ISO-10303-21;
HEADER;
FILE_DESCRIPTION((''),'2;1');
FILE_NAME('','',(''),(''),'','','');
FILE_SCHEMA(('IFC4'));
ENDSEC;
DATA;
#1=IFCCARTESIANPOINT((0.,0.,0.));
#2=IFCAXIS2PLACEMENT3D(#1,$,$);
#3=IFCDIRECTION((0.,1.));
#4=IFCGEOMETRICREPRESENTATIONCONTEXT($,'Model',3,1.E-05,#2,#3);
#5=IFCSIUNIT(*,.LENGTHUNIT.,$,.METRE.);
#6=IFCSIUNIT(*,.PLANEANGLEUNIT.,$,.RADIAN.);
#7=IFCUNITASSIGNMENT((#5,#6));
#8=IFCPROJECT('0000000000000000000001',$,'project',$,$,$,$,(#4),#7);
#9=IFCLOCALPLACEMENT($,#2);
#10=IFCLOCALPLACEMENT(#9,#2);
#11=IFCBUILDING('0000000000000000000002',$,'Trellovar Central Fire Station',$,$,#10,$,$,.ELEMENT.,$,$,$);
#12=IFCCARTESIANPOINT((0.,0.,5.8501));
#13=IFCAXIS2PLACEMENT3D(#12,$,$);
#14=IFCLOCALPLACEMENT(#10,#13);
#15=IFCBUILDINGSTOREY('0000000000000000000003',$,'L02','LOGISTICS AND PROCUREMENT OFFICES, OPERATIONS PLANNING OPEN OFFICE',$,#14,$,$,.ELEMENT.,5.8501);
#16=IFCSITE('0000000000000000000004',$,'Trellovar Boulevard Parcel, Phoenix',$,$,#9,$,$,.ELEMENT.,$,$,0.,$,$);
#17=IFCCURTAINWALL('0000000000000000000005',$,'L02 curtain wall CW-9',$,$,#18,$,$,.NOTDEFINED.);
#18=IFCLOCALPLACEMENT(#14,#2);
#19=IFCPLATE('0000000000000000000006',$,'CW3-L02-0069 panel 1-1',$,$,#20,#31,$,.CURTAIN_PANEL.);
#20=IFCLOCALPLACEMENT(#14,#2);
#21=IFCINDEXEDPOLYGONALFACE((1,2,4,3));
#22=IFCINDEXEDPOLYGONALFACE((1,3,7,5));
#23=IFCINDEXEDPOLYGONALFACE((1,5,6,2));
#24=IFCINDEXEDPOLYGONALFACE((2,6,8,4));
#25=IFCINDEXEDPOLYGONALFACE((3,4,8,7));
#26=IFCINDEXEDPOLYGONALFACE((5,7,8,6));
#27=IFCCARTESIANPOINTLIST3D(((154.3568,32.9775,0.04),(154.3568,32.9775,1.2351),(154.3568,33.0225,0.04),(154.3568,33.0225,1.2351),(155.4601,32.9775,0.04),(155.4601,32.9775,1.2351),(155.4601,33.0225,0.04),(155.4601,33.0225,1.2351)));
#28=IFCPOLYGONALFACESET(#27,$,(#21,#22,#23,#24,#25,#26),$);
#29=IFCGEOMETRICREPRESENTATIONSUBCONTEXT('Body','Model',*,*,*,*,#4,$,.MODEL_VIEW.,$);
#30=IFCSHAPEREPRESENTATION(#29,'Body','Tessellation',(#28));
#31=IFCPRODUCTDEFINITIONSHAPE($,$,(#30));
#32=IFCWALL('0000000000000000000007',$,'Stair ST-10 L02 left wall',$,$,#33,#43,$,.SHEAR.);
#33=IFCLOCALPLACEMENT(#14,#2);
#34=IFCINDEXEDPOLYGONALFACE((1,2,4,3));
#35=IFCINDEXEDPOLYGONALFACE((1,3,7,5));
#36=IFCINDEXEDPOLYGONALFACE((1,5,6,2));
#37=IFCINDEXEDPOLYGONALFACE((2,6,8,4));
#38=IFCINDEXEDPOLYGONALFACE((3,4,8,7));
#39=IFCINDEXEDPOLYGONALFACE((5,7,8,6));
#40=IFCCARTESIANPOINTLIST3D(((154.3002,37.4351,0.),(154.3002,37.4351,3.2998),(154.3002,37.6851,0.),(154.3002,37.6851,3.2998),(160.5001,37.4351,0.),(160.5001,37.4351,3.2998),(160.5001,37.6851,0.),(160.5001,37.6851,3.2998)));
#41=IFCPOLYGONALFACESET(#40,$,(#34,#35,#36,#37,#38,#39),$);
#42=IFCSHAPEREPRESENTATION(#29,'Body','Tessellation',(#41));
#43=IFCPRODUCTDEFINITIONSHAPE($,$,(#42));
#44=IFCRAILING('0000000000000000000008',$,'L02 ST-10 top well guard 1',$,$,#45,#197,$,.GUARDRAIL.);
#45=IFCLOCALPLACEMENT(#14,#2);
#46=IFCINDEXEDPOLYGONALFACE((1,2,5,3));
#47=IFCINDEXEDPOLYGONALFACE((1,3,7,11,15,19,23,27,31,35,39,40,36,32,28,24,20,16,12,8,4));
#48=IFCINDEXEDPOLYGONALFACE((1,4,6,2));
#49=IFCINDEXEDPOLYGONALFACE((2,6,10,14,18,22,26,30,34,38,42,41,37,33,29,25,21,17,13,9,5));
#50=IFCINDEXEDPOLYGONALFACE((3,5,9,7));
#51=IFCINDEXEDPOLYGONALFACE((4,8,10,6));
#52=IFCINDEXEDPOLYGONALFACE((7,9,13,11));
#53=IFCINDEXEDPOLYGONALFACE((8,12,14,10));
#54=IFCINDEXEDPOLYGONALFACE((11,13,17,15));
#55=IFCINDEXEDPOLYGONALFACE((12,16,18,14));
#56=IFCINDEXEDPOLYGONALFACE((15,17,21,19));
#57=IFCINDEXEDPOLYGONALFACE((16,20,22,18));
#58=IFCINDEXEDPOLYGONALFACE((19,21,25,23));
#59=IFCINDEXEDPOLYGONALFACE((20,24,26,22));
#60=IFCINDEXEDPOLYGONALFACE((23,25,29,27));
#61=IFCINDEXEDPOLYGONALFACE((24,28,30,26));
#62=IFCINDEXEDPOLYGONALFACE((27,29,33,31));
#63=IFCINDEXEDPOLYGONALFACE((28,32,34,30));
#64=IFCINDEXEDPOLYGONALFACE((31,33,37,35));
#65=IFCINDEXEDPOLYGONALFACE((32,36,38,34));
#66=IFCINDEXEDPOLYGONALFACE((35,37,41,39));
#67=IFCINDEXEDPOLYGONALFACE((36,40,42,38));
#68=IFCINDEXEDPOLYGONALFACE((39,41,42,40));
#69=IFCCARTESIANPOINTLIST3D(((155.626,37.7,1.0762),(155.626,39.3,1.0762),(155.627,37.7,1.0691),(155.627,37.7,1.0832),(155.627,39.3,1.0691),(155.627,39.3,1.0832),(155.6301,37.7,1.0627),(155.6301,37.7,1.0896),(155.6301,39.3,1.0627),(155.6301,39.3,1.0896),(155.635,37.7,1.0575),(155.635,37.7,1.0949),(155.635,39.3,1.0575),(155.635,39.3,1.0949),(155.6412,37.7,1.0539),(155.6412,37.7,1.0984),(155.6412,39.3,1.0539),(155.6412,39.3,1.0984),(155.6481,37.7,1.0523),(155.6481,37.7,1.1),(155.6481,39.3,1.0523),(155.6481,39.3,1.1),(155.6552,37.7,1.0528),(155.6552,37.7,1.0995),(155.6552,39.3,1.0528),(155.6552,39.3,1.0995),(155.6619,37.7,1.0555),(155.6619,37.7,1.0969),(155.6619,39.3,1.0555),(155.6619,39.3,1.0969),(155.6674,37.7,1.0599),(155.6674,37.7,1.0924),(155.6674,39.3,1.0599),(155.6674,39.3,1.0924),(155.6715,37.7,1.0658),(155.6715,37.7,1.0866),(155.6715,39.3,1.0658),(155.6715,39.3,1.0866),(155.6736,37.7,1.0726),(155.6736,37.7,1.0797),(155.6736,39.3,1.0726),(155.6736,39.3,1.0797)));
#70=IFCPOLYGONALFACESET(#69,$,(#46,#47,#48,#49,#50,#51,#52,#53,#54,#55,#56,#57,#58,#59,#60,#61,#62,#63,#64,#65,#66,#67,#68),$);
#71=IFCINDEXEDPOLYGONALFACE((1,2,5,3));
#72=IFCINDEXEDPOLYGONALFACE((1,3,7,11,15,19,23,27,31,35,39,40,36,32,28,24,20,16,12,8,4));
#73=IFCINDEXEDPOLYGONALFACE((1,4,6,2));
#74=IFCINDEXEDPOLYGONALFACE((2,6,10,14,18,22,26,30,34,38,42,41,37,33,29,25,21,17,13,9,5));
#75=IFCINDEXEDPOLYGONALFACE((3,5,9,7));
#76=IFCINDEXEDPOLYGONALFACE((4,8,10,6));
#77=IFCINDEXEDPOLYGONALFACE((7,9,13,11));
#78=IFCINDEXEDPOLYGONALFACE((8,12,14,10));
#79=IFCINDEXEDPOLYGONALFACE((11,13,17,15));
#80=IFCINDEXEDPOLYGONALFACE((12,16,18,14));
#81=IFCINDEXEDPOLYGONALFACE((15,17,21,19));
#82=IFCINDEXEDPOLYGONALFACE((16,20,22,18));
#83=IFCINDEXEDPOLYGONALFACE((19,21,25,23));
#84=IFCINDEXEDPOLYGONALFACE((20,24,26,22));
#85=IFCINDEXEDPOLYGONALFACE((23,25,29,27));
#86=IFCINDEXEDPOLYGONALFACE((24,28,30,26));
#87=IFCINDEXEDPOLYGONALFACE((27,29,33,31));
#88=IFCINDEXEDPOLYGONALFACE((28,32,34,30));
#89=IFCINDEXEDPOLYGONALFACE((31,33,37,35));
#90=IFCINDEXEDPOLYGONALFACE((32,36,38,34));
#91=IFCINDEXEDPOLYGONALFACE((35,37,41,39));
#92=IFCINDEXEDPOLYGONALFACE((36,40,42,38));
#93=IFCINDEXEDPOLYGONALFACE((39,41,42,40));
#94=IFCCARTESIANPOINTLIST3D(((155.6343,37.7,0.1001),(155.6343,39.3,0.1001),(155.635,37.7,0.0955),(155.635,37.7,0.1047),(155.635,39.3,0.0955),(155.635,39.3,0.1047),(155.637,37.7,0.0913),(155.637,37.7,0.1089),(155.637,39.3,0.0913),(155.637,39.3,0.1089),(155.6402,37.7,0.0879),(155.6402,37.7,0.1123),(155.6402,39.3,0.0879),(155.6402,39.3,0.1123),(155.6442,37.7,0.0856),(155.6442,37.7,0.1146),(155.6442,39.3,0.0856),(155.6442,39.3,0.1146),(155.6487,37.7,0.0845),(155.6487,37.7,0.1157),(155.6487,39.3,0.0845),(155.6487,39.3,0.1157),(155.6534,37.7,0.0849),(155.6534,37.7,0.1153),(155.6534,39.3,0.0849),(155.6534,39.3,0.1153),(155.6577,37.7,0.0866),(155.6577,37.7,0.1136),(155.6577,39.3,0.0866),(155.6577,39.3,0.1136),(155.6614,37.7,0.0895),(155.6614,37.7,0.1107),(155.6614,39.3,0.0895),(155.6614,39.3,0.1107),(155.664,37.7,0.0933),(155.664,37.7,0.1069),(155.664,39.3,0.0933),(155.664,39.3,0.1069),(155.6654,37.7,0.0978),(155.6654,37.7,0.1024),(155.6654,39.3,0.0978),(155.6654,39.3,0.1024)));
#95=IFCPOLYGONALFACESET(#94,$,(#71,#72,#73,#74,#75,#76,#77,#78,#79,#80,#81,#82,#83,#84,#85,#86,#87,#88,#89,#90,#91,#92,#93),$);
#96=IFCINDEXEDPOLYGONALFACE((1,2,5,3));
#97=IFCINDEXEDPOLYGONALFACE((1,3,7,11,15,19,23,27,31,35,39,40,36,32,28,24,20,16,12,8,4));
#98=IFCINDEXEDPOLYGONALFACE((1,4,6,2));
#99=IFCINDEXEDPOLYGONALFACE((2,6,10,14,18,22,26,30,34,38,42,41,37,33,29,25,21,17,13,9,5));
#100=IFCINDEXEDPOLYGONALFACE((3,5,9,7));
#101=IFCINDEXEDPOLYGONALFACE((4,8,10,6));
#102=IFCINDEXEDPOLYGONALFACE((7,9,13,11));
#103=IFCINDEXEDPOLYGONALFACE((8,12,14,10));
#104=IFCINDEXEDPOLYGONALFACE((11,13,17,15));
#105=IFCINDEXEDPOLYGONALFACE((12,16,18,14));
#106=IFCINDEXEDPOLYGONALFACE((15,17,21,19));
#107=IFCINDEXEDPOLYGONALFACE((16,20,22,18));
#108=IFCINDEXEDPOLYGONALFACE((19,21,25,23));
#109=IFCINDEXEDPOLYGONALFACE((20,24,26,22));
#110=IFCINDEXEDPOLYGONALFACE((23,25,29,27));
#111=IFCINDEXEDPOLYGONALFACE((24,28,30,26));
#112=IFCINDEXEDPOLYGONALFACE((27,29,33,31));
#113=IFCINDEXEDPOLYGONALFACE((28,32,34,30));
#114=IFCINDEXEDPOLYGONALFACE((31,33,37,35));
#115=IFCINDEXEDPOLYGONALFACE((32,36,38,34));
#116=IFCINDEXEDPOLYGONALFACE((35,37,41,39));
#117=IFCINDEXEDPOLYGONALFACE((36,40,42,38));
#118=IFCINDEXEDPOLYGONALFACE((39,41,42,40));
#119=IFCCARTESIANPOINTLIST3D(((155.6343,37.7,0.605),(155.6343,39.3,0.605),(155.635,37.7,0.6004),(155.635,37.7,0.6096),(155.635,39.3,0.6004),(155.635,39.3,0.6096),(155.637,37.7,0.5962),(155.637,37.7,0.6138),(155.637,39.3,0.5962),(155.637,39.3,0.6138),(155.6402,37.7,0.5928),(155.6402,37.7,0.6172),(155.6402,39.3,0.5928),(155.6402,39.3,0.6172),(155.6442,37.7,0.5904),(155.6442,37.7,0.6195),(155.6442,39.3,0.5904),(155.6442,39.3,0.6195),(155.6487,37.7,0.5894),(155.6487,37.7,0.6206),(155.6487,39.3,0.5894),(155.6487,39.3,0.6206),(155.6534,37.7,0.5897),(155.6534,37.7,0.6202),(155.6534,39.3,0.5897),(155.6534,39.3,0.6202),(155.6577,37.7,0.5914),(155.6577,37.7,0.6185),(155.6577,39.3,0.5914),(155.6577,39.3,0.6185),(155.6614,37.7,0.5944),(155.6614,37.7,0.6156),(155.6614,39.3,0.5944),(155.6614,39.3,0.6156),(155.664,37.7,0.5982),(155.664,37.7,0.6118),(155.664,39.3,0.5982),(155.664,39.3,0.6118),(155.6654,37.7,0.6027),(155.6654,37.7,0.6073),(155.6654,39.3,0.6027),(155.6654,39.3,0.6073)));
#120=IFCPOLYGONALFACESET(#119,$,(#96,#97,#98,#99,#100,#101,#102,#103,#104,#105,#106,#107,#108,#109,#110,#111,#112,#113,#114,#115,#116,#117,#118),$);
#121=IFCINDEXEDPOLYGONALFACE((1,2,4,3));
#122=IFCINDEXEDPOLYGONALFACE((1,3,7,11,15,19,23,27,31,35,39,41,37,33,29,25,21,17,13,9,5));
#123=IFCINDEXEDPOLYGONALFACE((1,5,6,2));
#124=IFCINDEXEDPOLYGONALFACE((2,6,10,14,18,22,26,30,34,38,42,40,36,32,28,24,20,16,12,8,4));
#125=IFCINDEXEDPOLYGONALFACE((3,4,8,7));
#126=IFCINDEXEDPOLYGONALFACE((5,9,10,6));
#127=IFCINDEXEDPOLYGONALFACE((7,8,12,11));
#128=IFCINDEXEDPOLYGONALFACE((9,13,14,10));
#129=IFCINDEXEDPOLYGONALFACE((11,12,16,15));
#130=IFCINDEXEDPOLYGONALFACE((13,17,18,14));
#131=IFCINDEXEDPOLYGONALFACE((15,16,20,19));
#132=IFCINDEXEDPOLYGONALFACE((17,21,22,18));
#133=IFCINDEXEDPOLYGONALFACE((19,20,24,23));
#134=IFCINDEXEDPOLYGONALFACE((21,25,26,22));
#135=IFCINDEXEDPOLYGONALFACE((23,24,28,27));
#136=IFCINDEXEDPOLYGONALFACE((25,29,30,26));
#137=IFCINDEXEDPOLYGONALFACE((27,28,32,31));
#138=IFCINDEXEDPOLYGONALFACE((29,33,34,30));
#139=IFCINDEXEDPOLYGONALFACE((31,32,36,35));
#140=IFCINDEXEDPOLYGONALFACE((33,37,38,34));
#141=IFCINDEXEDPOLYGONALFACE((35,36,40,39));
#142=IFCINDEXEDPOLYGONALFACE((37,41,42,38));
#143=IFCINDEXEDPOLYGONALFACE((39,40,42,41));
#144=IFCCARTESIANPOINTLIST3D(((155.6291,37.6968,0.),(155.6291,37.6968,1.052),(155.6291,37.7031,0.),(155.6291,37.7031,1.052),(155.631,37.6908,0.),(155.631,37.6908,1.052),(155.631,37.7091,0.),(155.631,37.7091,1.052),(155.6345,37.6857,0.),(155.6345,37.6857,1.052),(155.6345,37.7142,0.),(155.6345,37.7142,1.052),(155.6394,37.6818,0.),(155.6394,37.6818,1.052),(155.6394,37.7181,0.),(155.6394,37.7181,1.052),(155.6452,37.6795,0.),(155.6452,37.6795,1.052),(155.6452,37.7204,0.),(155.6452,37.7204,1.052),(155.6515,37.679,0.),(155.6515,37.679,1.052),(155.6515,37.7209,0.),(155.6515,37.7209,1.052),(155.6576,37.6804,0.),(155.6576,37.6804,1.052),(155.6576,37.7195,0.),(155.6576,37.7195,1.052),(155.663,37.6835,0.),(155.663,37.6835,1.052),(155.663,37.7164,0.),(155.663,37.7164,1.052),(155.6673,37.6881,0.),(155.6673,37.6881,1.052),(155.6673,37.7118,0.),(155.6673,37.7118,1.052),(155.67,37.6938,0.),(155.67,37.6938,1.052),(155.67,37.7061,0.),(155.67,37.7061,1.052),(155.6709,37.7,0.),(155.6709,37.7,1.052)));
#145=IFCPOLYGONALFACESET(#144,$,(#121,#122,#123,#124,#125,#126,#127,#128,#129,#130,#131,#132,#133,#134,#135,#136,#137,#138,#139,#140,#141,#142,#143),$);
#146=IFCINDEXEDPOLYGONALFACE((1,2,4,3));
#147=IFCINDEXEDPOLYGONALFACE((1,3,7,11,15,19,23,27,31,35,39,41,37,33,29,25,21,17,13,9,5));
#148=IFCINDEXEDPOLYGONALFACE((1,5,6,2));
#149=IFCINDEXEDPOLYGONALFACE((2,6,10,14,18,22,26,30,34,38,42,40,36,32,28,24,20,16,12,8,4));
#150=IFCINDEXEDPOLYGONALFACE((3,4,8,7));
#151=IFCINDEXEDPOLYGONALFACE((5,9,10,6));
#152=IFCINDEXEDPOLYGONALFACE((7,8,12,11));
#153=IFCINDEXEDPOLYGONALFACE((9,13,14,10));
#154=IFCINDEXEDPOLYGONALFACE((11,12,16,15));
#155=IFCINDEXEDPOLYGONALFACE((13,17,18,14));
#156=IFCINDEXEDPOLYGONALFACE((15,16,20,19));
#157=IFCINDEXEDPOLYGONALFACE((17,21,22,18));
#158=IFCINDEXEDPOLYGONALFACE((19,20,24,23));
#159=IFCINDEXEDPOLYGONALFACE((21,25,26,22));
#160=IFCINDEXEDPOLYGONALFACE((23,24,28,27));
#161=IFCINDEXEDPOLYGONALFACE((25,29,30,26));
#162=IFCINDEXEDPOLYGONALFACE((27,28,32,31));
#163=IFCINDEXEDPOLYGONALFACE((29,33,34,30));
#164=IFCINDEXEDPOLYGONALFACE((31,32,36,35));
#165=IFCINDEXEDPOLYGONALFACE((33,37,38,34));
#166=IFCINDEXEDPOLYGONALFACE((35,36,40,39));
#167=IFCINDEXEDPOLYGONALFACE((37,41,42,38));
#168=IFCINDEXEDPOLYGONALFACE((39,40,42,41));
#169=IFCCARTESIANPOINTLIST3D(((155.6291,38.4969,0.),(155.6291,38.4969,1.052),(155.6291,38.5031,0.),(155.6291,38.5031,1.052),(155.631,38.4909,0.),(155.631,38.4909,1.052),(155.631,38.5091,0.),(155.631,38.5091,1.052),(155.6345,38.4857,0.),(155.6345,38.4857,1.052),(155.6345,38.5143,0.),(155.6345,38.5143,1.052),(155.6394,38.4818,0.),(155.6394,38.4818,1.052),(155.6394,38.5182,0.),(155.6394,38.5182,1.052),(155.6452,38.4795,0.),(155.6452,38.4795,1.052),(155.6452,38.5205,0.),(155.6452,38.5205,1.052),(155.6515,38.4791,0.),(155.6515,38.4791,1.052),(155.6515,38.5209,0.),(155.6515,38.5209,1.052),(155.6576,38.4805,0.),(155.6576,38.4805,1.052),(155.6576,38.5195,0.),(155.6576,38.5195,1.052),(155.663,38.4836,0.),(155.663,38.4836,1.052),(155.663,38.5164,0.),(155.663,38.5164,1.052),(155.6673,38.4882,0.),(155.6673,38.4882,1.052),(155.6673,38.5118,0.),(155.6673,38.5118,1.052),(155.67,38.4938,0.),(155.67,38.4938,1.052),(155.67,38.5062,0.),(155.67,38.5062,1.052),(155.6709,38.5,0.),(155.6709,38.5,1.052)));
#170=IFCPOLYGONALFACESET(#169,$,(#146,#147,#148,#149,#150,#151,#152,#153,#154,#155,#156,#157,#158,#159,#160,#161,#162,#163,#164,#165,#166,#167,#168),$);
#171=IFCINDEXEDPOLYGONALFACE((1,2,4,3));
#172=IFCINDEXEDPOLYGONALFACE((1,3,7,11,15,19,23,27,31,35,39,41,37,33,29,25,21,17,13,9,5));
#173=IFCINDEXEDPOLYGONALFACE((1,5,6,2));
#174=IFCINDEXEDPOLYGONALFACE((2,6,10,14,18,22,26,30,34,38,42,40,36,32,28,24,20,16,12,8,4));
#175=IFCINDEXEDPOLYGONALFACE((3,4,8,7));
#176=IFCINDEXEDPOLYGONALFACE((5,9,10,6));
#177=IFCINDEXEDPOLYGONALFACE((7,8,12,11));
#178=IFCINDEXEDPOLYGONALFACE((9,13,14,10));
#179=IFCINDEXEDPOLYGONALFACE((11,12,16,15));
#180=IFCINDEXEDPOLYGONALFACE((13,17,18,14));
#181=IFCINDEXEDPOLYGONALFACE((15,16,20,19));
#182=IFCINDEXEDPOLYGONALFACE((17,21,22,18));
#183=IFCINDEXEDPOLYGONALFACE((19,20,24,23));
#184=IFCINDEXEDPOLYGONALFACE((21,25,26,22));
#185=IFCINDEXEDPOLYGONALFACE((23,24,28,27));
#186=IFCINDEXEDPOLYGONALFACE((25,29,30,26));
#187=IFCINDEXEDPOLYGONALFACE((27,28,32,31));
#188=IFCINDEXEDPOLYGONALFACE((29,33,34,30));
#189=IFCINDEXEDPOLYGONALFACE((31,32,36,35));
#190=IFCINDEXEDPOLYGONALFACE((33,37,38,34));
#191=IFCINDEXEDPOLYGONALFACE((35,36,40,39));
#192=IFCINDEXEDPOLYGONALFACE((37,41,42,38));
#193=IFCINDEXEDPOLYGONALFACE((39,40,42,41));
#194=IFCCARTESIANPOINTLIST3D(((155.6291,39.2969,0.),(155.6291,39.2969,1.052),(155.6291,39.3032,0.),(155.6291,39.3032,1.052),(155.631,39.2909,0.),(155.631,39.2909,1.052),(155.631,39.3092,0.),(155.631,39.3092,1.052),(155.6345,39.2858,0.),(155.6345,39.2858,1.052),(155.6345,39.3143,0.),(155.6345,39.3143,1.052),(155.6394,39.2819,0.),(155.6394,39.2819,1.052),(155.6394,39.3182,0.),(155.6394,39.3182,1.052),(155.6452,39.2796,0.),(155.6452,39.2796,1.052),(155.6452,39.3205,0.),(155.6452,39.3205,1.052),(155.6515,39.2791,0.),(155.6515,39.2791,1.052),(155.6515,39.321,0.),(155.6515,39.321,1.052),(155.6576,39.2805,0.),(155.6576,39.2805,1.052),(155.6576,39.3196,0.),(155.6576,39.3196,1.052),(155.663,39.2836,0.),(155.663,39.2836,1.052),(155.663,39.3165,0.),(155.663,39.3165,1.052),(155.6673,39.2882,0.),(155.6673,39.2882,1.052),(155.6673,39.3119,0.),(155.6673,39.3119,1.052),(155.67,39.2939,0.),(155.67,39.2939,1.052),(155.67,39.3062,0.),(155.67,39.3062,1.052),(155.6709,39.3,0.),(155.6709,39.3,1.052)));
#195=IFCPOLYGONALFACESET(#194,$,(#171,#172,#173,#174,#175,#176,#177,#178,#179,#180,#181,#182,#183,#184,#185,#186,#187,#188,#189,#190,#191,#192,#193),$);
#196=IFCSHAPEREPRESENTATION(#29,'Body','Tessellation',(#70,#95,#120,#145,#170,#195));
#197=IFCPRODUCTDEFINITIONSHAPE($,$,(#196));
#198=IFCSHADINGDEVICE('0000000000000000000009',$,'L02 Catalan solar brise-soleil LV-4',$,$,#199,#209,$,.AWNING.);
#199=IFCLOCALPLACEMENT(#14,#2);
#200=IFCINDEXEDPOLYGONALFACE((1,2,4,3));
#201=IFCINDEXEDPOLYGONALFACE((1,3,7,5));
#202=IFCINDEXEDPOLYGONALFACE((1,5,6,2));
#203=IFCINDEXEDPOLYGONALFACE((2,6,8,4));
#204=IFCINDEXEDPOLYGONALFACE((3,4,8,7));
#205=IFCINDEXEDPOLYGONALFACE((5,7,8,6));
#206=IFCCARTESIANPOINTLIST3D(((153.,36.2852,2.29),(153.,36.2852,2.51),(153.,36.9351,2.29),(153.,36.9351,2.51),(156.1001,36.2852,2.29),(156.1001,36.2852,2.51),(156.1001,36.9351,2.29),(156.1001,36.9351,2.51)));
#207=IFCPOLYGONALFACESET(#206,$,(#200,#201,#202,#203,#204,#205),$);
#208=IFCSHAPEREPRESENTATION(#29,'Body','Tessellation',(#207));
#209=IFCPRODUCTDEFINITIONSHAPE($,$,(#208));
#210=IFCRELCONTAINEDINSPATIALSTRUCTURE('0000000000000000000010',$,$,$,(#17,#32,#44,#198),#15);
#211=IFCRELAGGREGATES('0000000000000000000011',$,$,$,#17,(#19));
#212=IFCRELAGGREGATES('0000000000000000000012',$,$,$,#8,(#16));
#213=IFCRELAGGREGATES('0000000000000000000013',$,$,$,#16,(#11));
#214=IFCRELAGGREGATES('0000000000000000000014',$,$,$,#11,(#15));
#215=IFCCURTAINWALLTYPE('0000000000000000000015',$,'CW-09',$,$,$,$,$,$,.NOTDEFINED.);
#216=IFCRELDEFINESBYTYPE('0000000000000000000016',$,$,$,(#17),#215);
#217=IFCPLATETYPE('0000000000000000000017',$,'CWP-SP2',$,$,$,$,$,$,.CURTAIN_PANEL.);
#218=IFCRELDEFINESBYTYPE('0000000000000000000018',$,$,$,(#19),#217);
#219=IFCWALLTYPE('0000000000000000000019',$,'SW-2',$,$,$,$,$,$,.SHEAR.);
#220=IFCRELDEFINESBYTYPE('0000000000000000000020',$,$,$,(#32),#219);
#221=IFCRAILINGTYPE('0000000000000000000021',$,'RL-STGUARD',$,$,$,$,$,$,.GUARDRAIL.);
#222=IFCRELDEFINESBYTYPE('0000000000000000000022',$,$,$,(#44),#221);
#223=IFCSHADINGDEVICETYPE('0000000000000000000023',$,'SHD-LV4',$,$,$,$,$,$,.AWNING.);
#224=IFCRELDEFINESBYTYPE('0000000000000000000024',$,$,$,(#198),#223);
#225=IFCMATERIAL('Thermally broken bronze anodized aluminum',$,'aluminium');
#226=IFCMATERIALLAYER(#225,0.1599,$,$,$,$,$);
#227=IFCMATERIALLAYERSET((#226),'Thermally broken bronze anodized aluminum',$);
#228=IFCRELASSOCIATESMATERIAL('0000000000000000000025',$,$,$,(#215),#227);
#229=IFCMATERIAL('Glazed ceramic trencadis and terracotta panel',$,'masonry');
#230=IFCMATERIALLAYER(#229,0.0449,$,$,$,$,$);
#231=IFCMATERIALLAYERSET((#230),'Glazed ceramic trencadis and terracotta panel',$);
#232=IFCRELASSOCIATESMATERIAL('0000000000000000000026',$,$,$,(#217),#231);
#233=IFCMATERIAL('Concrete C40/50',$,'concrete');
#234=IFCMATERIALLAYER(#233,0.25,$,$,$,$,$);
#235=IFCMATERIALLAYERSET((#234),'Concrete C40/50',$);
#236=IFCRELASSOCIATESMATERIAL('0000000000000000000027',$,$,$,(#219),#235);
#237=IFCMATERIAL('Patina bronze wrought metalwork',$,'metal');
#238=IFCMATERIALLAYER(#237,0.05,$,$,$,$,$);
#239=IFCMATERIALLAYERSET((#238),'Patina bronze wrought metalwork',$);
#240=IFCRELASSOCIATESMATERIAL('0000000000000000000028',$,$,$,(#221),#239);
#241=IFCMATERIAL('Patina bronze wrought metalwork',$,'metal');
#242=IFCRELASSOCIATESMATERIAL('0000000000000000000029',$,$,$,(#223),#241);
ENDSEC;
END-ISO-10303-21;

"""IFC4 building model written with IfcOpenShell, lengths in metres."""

from ifc_helpers import new_model, si_unit, direction, frame, frame_2d, origin, origin_2d, place, context, subcontext, project, spatial, rectangle, circle, extrude, material, layer, layer_set, type_object, element, aggregate, save


model = new_model("IFC4")

# Units and contexts
model_context = context("Model", 3, precision=1e-05, world=origin(), true_north=direction((0.0, 1.0)))
body_context = subcontext(model_context, "Body", "Model", "MODEL_VIEW")
ifc_project = project(units=[si_unit("LENGTHUNIT", "METRE"), si_unit("PLANEANGLEUNIT", "RADIAN")], contexts=[model_context])

# Site, building, storey
site_placement = place(None, origin())
site = spatial("IfcSite", under=ifc_project, at=site_placement, Name="Trellovar Boulevard Parcel, Phoenix", CompositionType="ELEMENT", RefElevation=0.0)
building_placement = place(site_placement, origin())
building = spatial("IfcBuilding", under=site, at=building_placement, Name="Trellovar Central Fire Station", CompositionType="ELEMENT")
storey_placement = place(building_placement, frame((0.0, 0.0, 5.8501)))
storey = spatial("IfcBuildingStorey", under=building, at=storey_placement, Name="L02", Description="LOGISTICS AND PROCUREMENT OFFICES, OPERATIONS PLANNING OPEN OFFICE", CompositionType="ELEMENT", Elevation=5.8501)

# Curtain wall
ifc_material_1 = material(Name="Thermally broken bronze anodized aluminum", Category="aluminium")
ifc_layer_1 = layer(ifc_material_1, 0.1599)
ifc_layer_set_1 = layer_set([ifc_layer_1], Name="Thermally broken bronze anodized aluminum")
curtain_wall_type_1 = type_object("IfcCurtainWallType", Name="CW-09", PredefinedType="NOTDEFINED", material=ifc_layer_set_1)
curtain_wall_1_placement = place(storey_placement, origin())
curtain_wall_1 = element("IfcCurtainWall", 1, at=curtain_wall_1_placement, inside=storey, type_object=curtain_wall_type_1, Name="L02 curtain wall CW-9", PredefinedType="NOTDEFINED")

# Plate
ifc_material_2 = material(Name="Glazed ceramic trencadis and terracotta panel", Category="masonry")
ifc_layer_2 = layer(ifc_material_2, 0.0449)
ifc_layer_set_2 = layer_set([ifc_layer_2], Name="Glazed ceramic trencadis and terracotta panel")
plate_type_1 = type_object("IfcPlateType", Name="CWP-SP2", PredefinedType="CURTAIN_PANEL", material=ifc_layer_set_2)
plate_1_placement = place(storey_placement, frame((154.9084, 33.0, 0.04), z_axis=(0.0, 0.0, 1.0), x_axis=(-1.0, 0.0, 0.0)))
plate_1 = element("IfcPlate", 2, at=plate_1_placement, type_object=plate_type_1, Name="CW3-L02-0069 panel 1-1", PredefinedType="CURTAIN_PANEL", context=body_context, shape_type="SweptSolid", body=[
    extrude(rectangle(XDim=1.1033, YDim=0.0449, at=origin_2d()), origin(), (0.0, 0.0, 1.0), 1.1951),
])
aggregate(curtain_wall_1, [plate_1])

# Wall
ifc_material_3 = material(Name="Concrete C40/50", Category="concrete")
ifc_layer_3 = layer(ifc_material_3, 0.25)
ifc_layer_set_3 = layer_set([ifc_layer_3], Name="Concrete C40/50")
wall_type_1 = type_object("IfcWallType", Name="SW-2", PredefinedType="SHEAR", material=ifc_layer_set_3)
wall_1_placement = place(storey_placement, frame((154.3, 37.5601, 0.0), z_axis=(0.0, 0.0, 1.0), x_axis=(1.0, 0.0, 0.0)))
element("IfcWall", 3, at=wall_1_placement, inside=storey, type_object=wall_type_1, Name="Stair ST-10 L02 left wall", PredefinedType="SHEAR", context=body_context, shape_type="SweptSolid", body=[
    extrude(rectangle(XDim=6.2, YDim=0.25, at=frame_2d((3.1001, 0.0))), origin(), (0.0, 0.0, 1.0), 3.2998),
])

# Railing
ifc_material_4 = material(Name="Patina bronze wrought metalwork", Category="metal")
ifc_layer_4 = layer(ifc_material_4, 0.05)
ifc_layer_set_4 = layer_set([ifc_layer_4], Name="Patina bronze wrought metalwork")
railing_type = type_object("IfcRailingType", Name="RL-STGUARD", PredefinedType="GUARDRAIL", material=ifc_layer_set_4)
railing_placement = place(storey_placement, frame((155.6499, 37.7, 0.0)))
element("IfcRailing", 4, at=railing_placement, inside=storey, type_object=railing_type, Name="L02 ST-10 top well guard 1", PredefinedType="GUARDRAIL", context=body_context, shape_type="SweptSolid", body=[
    extrude(circle(Radius=0.0239, at=origin_2d()), frame((0.0, 0.0, 1.0762), z_axis=(0.0, 1.0, 0.0), x_axis=(-1.0, 0.0, 0.0)), (0.0, 0.0, 1.0), 1.6001),
    extrude(circle(Radius=0.0156, at=origin_2d()), frame((0.0, 0.0, 0.1001), z_axis=(0.0, 1.0, 0.0), x_axis=(-1.0, 0.0, 0.0)), (0.0, 0.0, 1.0), 1.6001),
    extrude(circle(Radius=0.0156, at=origin_2d()), frame((0.0, 0.0, 0.605), z_axis=(0.0, 1.0, 0.0), x_axis=(-1.0, 0.0, 0.0)), (0.0, 0.0, 1.0), 1.6001),
    extrude(circle(Radius=0.021, at=origin_2d()), origin(), (0.0, 0.0, 1.0), 1.052),
    extrude(circle(Radius=0.021, at=origin_2d()), frame((0.0, 0.8, 0.0)), (0.0, 0.0, 1.0), 1.052),
    extrude(circle(Radius=0.021, at=origin_2d()), frame((0.0, 1.6001, 0.0)), (0.0, 0.0, 1.0), 1.052),
])

# Shading device
ifc_material_5 = material(Name="Patina bronze wrought metalwork", Category="metal")
shading_device_type = type_object("IfcShadingDeviceType", Name="SHD-LV4", PredefinedType="AWNING", material=ifc_material_5)
shading_device_placement = place(storey_placement, frame((154.55, 36.6101, 2.29), z_axis=(0.0, 0.0, 1.0), x_axis=(1.0, 0.0, 0.0)))
element("IfcShadingDevice", 5, at=shading_device_placement, inside=storey, type_object=shading_device_type, Name="L02 Catalan solar brise-soleil LV-4", PredefinedType="AWNING", context=body_context, shape_type="SweptSolid", body=[
    extrude(rectangle(XDim=3.1001, YDim=0.6499, at=origin_2d()), origin(), (0.0, 0.0, 1.0), 0.22),
])

save(model, "model.ifc")
